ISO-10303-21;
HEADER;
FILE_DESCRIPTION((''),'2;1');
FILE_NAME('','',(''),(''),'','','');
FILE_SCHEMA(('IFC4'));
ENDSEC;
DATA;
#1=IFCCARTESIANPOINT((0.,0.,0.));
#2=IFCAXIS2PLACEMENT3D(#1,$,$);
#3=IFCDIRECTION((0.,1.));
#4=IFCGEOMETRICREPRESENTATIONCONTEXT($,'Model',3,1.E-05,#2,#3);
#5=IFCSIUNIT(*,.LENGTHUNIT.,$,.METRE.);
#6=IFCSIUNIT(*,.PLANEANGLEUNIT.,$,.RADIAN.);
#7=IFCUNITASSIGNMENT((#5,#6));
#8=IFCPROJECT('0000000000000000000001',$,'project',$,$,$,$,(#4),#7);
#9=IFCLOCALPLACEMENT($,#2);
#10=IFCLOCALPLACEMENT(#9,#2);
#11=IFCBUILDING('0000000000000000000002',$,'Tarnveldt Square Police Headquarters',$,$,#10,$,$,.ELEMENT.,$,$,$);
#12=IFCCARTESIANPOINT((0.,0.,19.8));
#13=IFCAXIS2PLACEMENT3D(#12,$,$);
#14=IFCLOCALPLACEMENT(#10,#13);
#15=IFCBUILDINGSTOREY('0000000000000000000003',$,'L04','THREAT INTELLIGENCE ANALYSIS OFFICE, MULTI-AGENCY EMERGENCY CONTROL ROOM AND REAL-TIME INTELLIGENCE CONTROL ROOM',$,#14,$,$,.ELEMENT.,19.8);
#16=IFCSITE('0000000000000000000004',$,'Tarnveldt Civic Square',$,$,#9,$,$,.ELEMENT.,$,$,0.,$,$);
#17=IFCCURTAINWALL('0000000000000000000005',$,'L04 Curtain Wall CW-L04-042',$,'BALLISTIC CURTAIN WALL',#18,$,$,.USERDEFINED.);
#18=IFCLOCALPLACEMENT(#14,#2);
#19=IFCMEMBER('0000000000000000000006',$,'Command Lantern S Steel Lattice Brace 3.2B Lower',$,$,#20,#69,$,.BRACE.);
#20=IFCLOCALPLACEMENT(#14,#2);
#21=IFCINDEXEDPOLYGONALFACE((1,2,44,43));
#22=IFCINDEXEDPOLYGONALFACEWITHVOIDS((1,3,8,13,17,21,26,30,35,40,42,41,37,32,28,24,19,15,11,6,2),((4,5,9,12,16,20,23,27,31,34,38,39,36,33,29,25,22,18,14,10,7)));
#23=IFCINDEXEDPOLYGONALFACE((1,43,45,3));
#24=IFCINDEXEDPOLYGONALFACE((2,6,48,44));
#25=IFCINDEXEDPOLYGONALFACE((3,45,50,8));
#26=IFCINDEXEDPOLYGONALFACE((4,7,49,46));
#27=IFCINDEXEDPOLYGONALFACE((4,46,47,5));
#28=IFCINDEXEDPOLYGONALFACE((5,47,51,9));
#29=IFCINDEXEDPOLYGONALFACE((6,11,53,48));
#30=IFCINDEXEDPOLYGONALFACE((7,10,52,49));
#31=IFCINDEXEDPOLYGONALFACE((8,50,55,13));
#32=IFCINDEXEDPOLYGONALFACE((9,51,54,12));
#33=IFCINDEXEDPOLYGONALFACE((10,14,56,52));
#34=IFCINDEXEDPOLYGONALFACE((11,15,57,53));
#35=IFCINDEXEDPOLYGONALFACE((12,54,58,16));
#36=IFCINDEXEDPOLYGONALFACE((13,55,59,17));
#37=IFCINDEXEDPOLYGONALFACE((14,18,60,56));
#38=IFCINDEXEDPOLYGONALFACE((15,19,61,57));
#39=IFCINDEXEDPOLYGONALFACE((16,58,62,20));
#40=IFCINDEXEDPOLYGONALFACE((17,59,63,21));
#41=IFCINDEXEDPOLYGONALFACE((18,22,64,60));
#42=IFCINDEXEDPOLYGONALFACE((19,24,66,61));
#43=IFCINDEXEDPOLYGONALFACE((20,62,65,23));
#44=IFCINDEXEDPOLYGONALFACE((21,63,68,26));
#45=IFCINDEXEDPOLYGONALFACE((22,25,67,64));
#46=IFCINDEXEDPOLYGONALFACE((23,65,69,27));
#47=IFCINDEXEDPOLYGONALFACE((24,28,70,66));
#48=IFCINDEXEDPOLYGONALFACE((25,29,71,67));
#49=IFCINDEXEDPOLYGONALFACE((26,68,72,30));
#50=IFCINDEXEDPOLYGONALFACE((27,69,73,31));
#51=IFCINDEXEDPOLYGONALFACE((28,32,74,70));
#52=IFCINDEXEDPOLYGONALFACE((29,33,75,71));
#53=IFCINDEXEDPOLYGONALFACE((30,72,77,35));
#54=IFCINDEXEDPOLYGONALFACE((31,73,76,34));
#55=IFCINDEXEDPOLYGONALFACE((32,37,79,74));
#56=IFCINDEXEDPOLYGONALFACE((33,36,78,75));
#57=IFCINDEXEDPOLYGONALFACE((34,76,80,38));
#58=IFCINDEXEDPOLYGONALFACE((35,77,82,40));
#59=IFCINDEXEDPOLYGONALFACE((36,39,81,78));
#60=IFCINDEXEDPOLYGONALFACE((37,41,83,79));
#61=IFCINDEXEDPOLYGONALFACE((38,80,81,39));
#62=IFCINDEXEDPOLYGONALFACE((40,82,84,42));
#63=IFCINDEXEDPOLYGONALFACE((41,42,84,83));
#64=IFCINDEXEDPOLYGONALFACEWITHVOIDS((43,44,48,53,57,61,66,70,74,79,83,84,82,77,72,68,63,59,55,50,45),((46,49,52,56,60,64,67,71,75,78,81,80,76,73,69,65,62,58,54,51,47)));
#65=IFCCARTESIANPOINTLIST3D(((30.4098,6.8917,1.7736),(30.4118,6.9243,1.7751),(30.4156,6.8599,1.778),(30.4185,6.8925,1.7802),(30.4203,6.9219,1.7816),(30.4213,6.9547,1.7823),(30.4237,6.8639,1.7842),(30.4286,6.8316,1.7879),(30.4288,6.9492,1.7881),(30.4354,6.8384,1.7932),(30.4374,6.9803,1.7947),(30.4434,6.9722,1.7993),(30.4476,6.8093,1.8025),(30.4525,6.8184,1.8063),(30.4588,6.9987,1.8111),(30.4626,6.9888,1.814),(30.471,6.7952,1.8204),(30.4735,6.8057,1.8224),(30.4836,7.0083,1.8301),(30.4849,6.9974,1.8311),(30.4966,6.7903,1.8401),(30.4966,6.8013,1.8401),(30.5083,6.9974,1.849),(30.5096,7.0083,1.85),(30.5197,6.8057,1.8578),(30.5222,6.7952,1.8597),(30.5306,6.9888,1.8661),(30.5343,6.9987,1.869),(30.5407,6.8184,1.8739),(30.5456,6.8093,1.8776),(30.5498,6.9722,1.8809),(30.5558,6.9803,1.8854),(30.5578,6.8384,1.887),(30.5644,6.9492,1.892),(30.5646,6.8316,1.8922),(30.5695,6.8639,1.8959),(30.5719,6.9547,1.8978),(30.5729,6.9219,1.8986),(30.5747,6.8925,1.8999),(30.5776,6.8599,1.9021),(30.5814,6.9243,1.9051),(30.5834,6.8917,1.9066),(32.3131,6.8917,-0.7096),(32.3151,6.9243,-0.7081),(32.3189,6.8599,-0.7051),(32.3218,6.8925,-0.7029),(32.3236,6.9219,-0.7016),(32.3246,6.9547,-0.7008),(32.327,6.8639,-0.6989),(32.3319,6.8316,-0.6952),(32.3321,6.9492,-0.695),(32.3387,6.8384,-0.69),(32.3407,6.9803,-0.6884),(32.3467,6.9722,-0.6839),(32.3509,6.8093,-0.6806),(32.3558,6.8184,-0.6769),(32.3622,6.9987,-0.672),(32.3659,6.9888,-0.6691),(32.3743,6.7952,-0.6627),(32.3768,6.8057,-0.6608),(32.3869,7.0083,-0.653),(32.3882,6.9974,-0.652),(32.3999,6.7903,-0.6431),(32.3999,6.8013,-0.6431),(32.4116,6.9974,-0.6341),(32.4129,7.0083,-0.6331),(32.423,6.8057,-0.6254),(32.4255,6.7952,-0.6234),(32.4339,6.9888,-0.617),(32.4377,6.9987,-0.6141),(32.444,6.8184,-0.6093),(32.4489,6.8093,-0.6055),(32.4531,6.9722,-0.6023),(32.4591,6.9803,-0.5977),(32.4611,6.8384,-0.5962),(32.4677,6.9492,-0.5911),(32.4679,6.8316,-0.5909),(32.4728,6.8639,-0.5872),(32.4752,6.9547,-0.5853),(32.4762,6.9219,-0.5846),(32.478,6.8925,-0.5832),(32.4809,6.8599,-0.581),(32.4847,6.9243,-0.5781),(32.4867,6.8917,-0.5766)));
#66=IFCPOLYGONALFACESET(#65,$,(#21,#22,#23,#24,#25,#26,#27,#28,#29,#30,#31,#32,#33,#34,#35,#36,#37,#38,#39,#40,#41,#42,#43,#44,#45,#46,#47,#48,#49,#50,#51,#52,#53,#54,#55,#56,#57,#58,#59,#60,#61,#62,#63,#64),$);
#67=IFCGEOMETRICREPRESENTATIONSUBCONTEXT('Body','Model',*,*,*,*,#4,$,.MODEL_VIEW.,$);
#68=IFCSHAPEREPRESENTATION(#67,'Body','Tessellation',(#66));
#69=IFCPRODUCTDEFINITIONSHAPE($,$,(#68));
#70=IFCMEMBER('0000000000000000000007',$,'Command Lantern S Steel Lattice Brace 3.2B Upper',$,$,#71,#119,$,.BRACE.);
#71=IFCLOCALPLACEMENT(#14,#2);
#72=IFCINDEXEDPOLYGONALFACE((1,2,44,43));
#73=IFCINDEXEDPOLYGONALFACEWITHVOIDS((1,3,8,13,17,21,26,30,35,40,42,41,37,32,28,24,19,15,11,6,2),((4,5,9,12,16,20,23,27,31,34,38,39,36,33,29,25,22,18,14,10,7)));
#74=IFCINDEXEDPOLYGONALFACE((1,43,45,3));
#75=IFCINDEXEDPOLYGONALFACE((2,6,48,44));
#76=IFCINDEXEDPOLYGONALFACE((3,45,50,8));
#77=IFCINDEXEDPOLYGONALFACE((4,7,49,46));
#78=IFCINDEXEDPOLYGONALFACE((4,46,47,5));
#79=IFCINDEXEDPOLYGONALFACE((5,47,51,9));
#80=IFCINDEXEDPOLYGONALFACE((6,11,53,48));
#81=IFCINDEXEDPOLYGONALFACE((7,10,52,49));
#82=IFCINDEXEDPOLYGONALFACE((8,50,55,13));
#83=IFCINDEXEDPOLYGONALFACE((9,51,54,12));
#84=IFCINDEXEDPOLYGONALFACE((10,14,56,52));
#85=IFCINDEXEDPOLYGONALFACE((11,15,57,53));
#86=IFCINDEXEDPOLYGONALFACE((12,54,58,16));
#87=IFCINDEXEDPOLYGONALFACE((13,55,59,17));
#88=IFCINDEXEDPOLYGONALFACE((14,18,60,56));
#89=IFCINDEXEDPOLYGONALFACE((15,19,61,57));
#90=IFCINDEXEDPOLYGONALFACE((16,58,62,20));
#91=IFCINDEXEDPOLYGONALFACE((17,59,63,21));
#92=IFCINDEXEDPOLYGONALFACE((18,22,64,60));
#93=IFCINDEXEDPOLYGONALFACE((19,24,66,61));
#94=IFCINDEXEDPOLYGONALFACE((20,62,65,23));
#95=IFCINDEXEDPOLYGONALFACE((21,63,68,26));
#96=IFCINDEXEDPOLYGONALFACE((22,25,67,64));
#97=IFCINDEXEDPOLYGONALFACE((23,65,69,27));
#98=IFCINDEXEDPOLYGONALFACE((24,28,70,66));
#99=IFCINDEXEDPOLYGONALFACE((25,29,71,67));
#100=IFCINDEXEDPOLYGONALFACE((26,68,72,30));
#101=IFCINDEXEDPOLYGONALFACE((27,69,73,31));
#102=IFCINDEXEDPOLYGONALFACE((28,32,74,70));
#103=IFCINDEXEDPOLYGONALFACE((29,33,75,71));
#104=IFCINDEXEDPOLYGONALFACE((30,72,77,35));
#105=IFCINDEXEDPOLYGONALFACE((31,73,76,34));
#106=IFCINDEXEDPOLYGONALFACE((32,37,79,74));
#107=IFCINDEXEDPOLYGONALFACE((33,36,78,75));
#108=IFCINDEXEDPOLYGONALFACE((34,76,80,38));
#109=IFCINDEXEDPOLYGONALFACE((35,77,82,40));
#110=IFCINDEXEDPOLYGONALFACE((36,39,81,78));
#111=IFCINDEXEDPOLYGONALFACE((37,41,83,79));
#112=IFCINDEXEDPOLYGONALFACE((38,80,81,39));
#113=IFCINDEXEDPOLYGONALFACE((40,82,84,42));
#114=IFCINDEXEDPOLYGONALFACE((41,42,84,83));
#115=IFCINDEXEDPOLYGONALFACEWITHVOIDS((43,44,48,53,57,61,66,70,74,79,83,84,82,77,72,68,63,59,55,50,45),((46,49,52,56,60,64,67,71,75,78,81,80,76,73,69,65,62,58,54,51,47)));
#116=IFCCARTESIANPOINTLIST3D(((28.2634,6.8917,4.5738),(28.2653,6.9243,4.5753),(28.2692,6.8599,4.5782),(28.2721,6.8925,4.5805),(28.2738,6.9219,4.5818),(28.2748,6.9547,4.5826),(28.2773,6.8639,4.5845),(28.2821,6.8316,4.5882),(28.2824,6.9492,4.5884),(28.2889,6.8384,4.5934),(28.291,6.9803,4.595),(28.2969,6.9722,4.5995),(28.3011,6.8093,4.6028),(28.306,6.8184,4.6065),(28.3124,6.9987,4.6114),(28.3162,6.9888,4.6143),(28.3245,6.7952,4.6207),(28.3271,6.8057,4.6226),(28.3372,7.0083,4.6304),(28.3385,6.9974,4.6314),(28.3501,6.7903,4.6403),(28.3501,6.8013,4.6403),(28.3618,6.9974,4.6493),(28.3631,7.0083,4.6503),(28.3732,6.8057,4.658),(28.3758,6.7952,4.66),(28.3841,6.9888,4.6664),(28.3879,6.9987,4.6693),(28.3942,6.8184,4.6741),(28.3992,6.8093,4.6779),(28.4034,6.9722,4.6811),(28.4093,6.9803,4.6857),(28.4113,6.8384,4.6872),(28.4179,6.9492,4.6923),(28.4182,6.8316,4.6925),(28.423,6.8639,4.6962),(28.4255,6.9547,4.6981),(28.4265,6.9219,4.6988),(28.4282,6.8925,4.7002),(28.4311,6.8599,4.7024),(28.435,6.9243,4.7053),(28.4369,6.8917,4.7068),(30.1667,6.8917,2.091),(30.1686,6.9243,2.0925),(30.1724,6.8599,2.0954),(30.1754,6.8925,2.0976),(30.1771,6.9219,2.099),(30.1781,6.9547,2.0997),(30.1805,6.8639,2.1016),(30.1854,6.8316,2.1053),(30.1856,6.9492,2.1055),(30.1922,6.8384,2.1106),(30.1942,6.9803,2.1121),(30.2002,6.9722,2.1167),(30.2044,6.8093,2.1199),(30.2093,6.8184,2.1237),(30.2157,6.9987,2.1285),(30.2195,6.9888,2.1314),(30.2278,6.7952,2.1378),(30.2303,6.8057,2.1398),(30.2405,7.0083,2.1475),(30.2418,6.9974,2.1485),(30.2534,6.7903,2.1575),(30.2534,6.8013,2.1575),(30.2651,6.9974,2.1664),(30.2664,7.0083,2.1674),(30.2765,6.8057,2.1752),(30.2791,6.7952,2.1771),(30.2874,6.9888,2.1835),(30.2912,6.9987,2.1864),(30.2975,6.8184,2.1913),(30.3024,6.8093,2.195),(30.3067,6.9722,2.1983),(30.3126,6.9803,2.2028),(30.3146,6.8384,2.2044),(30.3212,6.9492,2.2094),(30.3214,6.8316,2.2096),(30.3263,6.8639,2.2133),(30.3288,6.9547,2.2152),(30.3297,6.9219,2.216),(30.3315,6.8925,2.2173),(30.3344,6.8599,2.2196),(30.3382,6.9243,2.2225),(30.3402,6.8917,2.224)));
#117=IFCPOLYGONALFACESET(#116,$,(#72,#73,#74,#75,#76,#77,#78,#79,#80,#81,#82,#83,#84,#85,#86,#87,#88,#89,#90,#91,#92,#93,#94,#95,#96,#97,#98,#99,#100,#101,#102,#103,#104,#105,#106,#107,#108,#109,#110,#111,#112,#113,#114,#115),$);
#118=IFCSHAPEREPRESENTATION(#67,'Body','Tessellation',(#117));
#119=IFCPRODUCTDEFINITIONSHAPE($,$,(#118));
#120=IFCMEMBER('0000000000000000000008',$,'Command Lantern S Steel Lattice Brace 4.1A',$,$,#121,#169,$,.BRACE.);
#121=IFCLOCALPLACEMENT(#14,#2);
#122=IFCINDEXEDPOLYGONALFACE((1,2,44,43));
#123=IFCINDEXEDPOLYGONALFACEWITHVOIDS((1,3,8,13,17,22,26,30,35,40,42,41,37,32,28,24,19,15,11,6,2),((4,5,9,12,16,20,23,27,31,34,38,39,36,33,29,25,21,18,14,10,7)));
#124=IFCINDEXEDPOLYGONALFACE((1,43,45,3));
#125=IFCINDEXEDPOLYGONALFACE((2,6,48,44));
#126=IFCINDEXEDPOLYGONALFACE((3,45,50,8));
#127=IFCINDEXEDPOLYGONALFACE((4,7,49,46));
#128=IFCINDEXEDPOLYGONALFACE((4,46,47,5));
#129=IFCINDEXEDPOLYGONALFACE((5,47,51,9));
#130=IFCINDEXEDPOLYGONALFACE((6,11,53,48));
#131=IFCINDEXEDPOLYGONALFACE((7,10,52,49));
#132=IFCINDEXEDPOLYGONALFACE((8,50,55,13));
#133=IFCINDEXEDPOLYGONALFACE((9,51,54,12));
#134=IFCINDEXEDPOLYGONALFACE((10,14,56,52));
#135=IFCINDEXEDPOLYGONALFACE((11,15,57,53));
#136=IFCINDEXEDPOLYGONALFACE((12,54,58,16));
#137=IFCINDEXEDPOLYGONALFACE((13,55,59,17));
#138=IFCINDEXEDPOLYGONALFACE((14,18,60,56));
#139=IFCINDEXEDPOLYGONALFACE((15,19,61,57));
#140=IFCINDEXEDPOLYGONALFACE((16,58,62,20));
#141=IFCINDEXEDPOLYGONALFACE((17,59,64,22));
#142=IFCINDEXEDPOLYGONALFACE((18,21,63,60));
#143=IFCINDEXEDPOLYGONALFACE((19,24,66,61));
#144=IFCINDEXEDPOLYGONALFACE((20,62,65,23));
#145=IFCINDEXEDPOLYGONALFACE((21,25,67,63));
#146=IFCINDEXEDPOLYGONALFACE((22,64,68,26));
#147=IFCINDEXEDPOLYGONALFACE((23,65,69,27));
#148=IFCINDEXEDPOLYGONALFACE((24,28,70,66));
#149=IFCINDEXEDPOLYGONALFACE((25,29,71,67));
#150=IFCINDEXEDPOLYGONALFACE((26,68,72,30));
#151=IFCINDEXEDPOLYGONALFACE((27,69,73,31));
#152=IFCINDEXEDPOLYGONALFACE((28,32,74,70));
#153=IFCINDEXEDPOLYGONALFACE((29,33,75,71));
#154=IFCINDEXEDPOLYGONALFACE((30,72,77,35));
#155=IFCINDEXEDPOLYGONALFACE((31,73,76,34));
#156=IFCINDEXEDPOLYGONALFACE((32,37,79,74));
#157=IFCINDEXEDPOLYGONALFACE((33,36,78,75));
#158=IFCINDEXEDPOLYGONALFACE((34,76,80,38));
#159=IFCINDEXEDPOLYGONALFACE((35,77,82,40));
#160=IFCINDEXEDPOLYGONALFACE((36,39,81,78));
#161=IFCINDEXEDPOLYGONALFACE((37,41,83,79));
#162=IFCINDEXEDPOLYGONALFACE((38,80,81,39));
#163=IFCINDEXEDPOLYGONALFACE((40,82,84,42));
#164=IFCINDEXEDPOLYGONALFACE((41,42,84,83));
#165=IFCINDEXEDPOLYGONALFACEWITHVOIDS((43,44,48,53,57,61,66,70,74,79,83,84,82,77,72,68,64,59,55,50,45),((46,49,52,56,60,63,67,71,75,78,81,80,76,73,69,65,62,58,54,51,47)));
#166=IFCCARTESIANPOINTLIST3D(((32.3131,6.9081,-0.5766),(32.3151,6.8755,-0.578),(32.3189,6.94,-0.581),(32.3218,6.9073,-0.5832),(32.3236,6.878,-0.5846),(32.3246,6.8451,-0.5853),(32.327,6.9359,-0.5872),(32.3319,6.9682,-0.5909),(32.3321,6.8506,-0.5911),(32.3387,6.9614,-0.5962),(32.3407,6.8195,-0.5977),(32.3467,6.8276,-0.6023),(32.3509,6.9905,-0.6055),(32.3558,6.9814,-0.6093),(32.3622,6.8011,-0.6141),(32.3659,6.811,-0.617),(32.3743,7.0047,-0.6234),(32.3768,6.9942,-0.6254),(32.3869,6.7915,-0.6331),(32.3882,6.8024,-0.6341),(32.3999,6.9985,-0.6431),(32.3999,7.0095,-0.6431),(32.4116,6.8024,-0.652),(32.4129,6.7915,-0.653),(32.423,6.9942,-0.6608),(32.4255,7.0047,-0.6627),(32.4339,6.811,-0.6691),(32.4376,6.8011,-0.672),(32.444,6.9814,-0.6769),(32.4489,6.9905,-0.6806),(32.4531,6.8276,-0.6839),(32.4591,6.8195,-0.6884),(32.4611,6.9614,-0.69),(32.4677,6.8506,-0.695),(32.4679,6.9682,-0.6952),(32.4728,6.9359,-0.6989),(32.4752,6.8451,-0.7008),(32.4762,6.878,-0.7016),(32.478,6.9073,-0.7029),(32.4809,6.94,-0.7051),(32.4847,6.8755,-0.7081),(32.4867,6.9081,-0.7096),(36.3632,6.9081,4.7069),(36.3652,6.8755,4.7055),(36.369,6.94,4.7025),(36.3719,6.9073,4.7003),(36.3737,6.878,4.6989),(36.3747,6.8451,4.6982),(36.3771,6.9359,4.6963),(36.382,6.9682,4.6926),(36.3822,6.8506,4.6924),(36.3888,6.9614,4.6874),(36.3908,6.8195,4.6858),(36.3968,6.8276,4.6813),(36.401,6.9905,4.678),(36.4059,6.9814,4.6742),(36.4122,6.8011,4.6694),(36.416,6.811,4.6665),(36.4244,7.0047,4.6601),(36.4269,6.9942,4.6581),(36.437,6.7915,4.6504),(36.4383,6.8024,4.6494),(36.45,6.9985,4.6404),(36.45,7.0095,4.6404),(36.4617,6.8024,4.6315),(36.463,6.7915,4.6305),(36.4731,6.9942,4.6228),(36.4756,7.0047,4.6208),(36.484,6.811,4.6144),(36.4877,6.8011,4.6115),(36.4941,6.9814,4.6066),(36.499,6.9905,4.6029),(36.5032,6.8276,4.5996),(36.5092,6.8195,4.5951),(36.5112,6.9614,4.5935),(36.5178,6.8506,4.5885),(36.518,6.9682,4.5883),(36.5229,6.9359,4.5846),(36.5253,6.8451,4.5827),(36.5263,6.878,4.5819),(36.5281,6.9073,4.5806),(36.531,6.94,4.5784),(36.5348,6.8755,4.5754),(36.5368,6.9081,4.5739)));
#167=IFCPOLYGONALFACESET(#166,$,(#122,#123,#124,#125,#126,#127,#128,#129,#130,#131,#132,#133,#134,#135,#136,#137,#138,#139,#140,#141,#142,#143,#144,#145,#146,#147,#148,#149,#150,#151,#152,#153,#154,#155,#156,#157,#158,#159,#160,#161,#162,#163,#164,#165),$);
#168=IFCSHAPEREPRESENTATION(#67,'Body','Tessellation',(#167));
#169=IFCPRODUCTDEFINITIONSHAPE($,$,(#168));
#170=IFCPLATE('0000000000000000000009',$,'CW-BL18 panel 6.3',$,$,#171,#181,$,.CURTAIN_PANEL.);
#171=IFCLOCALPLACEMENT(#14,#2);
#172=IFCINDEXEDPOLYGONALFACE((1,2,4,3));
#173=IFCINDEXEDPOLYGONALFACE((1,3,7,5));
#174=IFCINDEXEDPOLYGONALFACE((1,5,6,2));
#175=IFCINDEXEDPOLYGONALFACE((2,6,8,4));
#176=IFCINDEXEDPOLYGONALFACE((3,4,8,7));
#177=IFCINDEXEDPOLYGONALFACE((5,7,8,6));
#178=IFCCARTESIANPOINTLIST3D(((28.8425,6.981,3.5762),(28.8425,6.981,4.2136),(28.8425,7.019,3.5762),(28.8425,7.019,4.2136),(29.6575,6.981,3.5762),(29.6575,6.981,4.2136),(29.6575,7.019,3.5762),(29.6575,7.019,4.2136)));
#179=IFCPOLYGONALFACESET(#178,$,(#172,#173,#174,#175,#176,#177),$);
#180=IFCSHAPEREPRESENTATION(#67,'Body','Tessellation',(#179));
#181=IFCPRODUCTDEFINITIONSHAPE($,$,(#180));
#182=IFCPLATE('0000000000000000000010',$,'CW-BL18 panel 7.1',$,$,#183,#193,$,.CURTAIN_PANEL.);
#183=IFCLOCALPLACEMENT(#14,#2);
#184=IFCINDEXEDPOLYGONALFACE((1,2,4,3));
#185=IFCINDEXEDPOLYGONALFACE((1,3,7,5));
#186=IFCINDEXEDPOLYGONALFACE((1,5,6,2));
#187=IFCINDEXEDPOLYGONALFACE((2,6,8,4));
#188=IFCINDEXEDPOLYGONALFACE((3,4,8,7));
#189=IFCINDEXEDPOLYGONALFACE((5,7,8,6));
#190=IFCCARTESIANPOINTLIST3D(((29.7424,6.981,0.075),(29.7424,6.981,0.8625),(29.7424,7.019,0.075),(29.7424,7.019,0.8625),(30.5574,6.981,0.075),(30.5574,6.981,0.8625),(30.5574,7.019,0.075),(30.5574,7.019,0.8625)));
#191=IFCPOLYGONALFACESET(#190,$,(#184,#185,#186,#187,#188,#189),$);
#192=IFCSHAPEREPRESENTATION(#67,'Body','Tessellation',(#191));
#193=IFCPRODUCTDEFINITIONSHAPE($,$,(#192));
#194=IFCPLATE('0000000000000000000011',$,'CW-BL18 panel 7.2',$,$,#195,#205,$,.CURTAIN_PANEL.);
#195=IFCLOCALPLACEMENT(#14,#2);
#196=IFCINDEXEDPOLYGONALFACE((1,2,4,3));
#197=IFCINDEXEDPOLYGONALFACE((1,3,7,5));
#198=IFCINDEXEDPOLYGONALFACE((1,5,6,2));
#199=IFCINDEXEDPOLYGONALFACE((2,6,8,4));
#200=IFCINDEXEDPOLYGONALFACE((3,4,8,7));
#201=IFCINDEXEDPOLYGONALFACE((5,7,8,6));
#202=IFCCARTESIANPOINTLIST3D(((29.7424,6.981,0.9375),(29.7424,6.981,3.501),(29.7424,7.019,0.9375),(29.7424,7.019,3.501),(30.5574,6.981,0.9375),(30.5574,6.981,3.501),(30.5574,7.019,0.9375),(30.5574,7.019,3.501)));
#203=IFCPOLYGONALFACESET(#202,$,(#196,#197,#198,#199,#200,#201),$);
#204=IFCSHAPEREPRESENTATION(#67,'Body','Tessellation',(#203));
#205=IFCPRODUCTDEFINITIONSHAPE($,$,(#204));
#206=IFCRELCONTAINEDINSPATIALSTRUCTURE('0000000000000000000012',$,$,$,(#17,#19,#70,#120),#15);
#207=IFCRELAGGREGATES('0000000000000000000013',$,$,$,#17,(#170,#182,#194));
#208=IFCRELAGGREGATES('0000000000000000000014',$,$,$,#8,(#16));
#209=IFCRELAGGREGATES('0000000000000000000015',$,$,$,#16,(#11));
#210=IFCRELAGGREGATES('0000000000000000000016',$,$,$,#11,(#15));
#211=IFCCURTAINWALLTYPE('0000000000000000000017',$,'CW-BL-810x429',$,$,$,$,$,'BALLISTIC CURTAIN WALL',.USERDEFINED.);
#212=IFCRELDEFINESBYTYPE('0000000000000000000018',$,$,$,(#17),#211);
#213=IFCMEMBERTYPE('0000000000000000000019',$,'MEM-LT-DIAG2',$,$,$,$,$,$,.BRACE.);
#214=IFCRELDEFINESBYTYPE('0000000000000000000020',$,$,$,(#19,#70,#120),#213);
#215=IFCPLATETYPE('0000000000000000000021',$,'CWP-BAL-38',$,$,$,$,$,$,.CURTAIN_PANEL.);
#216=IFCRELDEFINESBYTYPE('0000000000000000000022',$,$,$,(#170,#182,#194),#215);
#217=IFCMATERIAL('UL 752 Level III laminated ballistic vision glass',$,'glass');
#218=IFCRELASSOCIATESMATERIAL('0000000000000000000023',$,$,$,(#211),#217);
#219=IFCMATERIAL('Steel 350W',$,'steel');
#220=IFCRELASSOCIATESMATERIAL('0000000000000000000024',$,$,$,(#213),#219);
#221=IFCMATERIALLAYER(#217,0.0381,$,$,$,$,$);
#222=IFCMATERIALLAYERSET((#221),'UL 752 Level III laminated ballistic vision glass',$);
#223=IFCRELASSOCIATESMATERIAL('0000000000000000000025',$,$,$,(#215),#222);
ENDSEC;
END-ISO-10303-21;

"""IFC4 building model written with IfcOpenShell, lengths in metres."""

from ifc_helpers import new_model, si_unit, direction, frame, origin, origin_2d, place, context, subcontext, project, spatial, rectangle, hollow_circle, extrude, material, layer, layer_set, material_profile, profile_set, type_object, element, aggregate, save


model = new_model("IFC4")

# Units and contexts
model_context = context("Model", 3, precision=1e-05, world=origin(), true_north=direction((0.0, 1.0)))
body_context = subcontext(model_context, "Body", "Model", "MODEL_VIEW")
ifc_project = project(units=[si_unit("LENGTHUNIT", "METRE"), si_unit("PLANEANGLEUNIT", "RADIAN")], contexts=[model_context])

# Site, building, storey
site_placement = place(None, origin())
site = spatial("IfcSite", under=ifc_project, at=site_placement, Name="Tarnveldt Civic Square", CompositionType="ELEMENT", RefElevation=0.0)
building_placement = place(site_placement, origin())
building = spatial("IfcBuilding", under=site, at=building_placement, Name="Tarnveldt Square Police Headquarters", CompositionType="ELEMENT")
storey_placement = place(building_placement, frame((0.0, 0.0, 19.8)))
storey = spatial("IfcBuildingStorey", under=building, at=storey_placement, Name="L04", Description="THREAT INTELLIGENCE ANALYSIS OFFICE, MULTI-AGENCY EMERGENCY CONTROL ROOM AND REAL-TIME INTELLIGENCE CONTROL ROOM", CompositionType="ELEMENT", Elevation=19.8)

# Shared definitions
ifc_material_1 = material(Name="Steel 350W", Category="steel")

# Curtain wall
ifc_material_2 = material(Name="UL 752 Level III laminated ballistic vision glass", Category="glass")
curtain_wall_type = type_object("IfcCurtainWallType", Name="CW-BL-810x429", ElementType="BALLISTIC CURTAIN WALL", PredefinedType="USERDEFINED", material=ifc_material_2)
curtain_wall_1_placement = place(storey_placement, origin())
curtain_wall_1 = element("IfcCurtainWall", 1, at=curtain_wall_1_placement, inside=storey, type_object=curtain_wall_type, Name="L04 Curtain Wall CW-L04-042", ObjectType="BALLISTIC CURTAIN WALL", PredefinedType="USERDEFINED")

# Members
ifc_material_profile_1 = material_profile(ifc_material_1, hollow_circle(Radius=0.1096, WallThickness=0.011, at=origin_2d()), Name="HSS219x11")
ifc_profile_set_1 = profile_set([ifc_material_profile_1], Name="Steel 350W")
member_type_1 = type_object("IfcMemberType", Name="MEM-LT-DIAG2", PredefinedType="BRACE", material=ifc_profile_set_1)
member_1_placement = place(storey_placement, frame((32.3999, 6.8999, -0.6431), z_axis=(-0.608345, 0.0, 0.793673), x_axis=(0.0, -1.0, 0.0)))
element("IfcMember", 2, at=member_1_placement, inside=storey, type_object=member_type_1, Name="Command Lantern S Steel Lattice Brace 3.2B Lower", PredefinedType="BRACE", context=body_context, shape_type="SweptSolid", body=[
    extrude(hollow_circle(Radius=0.1096, WallThickness=0.011, at=origin_2d()), origin(), (0.0, 0.0, 1.0), 3.1287),
])
member_2_placement = place(storey_placement, frame((30.2534, 6.8999, 2.1575), z_axis=(-0.608382, 0.0, 0.793644), x_axis=(0.0, -1.0, 0.0)))
element("IfcMember", 3, at=member_2_placement, inside=storey, type_object=member_type_1, Name="Command Lantern S Steel Lattice Brace 3.2B Upper", PredefinedType="BRACE", context=body_context, shape_type="SweptSolid", body=[
    extrude(hollow_circle(Radius=0.1096, WallThickness=0.011, at=origin_2d()), origin(), (0.0, 0.0, 1.0), 3.1284),
])
member_3_placement = place(storey_placement, frame((32.3999, 6.8999, -0.6431), z_axis=(0.608375, 0.0, 0.793649), x_axis=(0.0, 1.0, 0.0)))
element("IfcMember", 4, at=member_3_placement, inside=storey, type_object=member_type_1, Name="Command Lantern S Steel Lattice Brace 4.1A", PredefinedType="BRACE", context=body_context, shape_type="SweptSolid", body=[
    extrude(hollow_circle(Radius=0.1096, WallThickness=0.011, at=origin_2d()), origin(), (0.0, 0.0, 1.0), 6.6572),
])

# Plates
ifc_layer_1 = layer(ifc_material_2, 0.0381)
ifc_layer_set_1 = layer_set([ifc_layer_1], Name="UL 752 Level III laminated ballistic vision glass")
plate_type_1 = type_object("IfcPlateType", Name="CWP-BAL-38", PredefinedType="CURTAIN_PANEL", material=ifc_layer_set_1)
plate_1_placement = place(storey_placement, frame((29.25, 7.0, 3.5762), z_axis=(0.0, 0.0, 1.0), x_axis=(1.0, 0.0, 0.0)))
plate_1 = element("IfcPlate", 5, at=plate_1_placement, type_object=plate_type_1, Name="CW-BL18 panel 6.3", PredefinedType="CURTAIN_PANEL", context=body_context, shape_type="SweptSolid", body=[
    extrude(rectangle(XDim=0.8149, YDim=0.0381, at=origin_2d()), origin(), (0.0, 0.0, 1.0), 0.6375),
])
plate_2_placement = place(storey_placement, frame((30.1499, 7.0, 0.075), z_axis=(0.0, 0.0, 1.0), x_axis=(1.0, 0.0, 0.0)))
plate_2 = element("IfcPlate", 6, at=plate_2_placement, type_object=plate_type_1, Name="CW-BL18 panel 7.1", PredefinedType="CURTAIN_PANEL", context=body_context, shape_type="SweptSolid", body=[
    extrude(rectangle(XDim=0.8149, YDim=0.0381, at=origin_2d()), origin(), (0.0, 0.0, 1.0), 0.7876),
])
plate_3_placement = place(storey_placement, frame((30.1499, 7.0, 0.9375), z_axis=(0.0, 0.0, 1.0), x_axis=(1.0, 0.0, 0.0)))
plate_3 = element("IfcPlate", 7, at=plate_3_placement, type_object=plate_type_1, Name="CW-BL18 panel 7.2", PredefinedType="CURTAIN_PANEL", context=body_context, shape_type="SweptSolid", body=[
    extrude(rectangle(XDim=0.8149, YDim=0.0381, at=origin_2d()), origin(), (0.0, 0.0, 1.0), 2.5635),
])
aggregate(curtain_wall_1, [plate_1, plate_2, plate_3])

save(model, "model.ifc")
